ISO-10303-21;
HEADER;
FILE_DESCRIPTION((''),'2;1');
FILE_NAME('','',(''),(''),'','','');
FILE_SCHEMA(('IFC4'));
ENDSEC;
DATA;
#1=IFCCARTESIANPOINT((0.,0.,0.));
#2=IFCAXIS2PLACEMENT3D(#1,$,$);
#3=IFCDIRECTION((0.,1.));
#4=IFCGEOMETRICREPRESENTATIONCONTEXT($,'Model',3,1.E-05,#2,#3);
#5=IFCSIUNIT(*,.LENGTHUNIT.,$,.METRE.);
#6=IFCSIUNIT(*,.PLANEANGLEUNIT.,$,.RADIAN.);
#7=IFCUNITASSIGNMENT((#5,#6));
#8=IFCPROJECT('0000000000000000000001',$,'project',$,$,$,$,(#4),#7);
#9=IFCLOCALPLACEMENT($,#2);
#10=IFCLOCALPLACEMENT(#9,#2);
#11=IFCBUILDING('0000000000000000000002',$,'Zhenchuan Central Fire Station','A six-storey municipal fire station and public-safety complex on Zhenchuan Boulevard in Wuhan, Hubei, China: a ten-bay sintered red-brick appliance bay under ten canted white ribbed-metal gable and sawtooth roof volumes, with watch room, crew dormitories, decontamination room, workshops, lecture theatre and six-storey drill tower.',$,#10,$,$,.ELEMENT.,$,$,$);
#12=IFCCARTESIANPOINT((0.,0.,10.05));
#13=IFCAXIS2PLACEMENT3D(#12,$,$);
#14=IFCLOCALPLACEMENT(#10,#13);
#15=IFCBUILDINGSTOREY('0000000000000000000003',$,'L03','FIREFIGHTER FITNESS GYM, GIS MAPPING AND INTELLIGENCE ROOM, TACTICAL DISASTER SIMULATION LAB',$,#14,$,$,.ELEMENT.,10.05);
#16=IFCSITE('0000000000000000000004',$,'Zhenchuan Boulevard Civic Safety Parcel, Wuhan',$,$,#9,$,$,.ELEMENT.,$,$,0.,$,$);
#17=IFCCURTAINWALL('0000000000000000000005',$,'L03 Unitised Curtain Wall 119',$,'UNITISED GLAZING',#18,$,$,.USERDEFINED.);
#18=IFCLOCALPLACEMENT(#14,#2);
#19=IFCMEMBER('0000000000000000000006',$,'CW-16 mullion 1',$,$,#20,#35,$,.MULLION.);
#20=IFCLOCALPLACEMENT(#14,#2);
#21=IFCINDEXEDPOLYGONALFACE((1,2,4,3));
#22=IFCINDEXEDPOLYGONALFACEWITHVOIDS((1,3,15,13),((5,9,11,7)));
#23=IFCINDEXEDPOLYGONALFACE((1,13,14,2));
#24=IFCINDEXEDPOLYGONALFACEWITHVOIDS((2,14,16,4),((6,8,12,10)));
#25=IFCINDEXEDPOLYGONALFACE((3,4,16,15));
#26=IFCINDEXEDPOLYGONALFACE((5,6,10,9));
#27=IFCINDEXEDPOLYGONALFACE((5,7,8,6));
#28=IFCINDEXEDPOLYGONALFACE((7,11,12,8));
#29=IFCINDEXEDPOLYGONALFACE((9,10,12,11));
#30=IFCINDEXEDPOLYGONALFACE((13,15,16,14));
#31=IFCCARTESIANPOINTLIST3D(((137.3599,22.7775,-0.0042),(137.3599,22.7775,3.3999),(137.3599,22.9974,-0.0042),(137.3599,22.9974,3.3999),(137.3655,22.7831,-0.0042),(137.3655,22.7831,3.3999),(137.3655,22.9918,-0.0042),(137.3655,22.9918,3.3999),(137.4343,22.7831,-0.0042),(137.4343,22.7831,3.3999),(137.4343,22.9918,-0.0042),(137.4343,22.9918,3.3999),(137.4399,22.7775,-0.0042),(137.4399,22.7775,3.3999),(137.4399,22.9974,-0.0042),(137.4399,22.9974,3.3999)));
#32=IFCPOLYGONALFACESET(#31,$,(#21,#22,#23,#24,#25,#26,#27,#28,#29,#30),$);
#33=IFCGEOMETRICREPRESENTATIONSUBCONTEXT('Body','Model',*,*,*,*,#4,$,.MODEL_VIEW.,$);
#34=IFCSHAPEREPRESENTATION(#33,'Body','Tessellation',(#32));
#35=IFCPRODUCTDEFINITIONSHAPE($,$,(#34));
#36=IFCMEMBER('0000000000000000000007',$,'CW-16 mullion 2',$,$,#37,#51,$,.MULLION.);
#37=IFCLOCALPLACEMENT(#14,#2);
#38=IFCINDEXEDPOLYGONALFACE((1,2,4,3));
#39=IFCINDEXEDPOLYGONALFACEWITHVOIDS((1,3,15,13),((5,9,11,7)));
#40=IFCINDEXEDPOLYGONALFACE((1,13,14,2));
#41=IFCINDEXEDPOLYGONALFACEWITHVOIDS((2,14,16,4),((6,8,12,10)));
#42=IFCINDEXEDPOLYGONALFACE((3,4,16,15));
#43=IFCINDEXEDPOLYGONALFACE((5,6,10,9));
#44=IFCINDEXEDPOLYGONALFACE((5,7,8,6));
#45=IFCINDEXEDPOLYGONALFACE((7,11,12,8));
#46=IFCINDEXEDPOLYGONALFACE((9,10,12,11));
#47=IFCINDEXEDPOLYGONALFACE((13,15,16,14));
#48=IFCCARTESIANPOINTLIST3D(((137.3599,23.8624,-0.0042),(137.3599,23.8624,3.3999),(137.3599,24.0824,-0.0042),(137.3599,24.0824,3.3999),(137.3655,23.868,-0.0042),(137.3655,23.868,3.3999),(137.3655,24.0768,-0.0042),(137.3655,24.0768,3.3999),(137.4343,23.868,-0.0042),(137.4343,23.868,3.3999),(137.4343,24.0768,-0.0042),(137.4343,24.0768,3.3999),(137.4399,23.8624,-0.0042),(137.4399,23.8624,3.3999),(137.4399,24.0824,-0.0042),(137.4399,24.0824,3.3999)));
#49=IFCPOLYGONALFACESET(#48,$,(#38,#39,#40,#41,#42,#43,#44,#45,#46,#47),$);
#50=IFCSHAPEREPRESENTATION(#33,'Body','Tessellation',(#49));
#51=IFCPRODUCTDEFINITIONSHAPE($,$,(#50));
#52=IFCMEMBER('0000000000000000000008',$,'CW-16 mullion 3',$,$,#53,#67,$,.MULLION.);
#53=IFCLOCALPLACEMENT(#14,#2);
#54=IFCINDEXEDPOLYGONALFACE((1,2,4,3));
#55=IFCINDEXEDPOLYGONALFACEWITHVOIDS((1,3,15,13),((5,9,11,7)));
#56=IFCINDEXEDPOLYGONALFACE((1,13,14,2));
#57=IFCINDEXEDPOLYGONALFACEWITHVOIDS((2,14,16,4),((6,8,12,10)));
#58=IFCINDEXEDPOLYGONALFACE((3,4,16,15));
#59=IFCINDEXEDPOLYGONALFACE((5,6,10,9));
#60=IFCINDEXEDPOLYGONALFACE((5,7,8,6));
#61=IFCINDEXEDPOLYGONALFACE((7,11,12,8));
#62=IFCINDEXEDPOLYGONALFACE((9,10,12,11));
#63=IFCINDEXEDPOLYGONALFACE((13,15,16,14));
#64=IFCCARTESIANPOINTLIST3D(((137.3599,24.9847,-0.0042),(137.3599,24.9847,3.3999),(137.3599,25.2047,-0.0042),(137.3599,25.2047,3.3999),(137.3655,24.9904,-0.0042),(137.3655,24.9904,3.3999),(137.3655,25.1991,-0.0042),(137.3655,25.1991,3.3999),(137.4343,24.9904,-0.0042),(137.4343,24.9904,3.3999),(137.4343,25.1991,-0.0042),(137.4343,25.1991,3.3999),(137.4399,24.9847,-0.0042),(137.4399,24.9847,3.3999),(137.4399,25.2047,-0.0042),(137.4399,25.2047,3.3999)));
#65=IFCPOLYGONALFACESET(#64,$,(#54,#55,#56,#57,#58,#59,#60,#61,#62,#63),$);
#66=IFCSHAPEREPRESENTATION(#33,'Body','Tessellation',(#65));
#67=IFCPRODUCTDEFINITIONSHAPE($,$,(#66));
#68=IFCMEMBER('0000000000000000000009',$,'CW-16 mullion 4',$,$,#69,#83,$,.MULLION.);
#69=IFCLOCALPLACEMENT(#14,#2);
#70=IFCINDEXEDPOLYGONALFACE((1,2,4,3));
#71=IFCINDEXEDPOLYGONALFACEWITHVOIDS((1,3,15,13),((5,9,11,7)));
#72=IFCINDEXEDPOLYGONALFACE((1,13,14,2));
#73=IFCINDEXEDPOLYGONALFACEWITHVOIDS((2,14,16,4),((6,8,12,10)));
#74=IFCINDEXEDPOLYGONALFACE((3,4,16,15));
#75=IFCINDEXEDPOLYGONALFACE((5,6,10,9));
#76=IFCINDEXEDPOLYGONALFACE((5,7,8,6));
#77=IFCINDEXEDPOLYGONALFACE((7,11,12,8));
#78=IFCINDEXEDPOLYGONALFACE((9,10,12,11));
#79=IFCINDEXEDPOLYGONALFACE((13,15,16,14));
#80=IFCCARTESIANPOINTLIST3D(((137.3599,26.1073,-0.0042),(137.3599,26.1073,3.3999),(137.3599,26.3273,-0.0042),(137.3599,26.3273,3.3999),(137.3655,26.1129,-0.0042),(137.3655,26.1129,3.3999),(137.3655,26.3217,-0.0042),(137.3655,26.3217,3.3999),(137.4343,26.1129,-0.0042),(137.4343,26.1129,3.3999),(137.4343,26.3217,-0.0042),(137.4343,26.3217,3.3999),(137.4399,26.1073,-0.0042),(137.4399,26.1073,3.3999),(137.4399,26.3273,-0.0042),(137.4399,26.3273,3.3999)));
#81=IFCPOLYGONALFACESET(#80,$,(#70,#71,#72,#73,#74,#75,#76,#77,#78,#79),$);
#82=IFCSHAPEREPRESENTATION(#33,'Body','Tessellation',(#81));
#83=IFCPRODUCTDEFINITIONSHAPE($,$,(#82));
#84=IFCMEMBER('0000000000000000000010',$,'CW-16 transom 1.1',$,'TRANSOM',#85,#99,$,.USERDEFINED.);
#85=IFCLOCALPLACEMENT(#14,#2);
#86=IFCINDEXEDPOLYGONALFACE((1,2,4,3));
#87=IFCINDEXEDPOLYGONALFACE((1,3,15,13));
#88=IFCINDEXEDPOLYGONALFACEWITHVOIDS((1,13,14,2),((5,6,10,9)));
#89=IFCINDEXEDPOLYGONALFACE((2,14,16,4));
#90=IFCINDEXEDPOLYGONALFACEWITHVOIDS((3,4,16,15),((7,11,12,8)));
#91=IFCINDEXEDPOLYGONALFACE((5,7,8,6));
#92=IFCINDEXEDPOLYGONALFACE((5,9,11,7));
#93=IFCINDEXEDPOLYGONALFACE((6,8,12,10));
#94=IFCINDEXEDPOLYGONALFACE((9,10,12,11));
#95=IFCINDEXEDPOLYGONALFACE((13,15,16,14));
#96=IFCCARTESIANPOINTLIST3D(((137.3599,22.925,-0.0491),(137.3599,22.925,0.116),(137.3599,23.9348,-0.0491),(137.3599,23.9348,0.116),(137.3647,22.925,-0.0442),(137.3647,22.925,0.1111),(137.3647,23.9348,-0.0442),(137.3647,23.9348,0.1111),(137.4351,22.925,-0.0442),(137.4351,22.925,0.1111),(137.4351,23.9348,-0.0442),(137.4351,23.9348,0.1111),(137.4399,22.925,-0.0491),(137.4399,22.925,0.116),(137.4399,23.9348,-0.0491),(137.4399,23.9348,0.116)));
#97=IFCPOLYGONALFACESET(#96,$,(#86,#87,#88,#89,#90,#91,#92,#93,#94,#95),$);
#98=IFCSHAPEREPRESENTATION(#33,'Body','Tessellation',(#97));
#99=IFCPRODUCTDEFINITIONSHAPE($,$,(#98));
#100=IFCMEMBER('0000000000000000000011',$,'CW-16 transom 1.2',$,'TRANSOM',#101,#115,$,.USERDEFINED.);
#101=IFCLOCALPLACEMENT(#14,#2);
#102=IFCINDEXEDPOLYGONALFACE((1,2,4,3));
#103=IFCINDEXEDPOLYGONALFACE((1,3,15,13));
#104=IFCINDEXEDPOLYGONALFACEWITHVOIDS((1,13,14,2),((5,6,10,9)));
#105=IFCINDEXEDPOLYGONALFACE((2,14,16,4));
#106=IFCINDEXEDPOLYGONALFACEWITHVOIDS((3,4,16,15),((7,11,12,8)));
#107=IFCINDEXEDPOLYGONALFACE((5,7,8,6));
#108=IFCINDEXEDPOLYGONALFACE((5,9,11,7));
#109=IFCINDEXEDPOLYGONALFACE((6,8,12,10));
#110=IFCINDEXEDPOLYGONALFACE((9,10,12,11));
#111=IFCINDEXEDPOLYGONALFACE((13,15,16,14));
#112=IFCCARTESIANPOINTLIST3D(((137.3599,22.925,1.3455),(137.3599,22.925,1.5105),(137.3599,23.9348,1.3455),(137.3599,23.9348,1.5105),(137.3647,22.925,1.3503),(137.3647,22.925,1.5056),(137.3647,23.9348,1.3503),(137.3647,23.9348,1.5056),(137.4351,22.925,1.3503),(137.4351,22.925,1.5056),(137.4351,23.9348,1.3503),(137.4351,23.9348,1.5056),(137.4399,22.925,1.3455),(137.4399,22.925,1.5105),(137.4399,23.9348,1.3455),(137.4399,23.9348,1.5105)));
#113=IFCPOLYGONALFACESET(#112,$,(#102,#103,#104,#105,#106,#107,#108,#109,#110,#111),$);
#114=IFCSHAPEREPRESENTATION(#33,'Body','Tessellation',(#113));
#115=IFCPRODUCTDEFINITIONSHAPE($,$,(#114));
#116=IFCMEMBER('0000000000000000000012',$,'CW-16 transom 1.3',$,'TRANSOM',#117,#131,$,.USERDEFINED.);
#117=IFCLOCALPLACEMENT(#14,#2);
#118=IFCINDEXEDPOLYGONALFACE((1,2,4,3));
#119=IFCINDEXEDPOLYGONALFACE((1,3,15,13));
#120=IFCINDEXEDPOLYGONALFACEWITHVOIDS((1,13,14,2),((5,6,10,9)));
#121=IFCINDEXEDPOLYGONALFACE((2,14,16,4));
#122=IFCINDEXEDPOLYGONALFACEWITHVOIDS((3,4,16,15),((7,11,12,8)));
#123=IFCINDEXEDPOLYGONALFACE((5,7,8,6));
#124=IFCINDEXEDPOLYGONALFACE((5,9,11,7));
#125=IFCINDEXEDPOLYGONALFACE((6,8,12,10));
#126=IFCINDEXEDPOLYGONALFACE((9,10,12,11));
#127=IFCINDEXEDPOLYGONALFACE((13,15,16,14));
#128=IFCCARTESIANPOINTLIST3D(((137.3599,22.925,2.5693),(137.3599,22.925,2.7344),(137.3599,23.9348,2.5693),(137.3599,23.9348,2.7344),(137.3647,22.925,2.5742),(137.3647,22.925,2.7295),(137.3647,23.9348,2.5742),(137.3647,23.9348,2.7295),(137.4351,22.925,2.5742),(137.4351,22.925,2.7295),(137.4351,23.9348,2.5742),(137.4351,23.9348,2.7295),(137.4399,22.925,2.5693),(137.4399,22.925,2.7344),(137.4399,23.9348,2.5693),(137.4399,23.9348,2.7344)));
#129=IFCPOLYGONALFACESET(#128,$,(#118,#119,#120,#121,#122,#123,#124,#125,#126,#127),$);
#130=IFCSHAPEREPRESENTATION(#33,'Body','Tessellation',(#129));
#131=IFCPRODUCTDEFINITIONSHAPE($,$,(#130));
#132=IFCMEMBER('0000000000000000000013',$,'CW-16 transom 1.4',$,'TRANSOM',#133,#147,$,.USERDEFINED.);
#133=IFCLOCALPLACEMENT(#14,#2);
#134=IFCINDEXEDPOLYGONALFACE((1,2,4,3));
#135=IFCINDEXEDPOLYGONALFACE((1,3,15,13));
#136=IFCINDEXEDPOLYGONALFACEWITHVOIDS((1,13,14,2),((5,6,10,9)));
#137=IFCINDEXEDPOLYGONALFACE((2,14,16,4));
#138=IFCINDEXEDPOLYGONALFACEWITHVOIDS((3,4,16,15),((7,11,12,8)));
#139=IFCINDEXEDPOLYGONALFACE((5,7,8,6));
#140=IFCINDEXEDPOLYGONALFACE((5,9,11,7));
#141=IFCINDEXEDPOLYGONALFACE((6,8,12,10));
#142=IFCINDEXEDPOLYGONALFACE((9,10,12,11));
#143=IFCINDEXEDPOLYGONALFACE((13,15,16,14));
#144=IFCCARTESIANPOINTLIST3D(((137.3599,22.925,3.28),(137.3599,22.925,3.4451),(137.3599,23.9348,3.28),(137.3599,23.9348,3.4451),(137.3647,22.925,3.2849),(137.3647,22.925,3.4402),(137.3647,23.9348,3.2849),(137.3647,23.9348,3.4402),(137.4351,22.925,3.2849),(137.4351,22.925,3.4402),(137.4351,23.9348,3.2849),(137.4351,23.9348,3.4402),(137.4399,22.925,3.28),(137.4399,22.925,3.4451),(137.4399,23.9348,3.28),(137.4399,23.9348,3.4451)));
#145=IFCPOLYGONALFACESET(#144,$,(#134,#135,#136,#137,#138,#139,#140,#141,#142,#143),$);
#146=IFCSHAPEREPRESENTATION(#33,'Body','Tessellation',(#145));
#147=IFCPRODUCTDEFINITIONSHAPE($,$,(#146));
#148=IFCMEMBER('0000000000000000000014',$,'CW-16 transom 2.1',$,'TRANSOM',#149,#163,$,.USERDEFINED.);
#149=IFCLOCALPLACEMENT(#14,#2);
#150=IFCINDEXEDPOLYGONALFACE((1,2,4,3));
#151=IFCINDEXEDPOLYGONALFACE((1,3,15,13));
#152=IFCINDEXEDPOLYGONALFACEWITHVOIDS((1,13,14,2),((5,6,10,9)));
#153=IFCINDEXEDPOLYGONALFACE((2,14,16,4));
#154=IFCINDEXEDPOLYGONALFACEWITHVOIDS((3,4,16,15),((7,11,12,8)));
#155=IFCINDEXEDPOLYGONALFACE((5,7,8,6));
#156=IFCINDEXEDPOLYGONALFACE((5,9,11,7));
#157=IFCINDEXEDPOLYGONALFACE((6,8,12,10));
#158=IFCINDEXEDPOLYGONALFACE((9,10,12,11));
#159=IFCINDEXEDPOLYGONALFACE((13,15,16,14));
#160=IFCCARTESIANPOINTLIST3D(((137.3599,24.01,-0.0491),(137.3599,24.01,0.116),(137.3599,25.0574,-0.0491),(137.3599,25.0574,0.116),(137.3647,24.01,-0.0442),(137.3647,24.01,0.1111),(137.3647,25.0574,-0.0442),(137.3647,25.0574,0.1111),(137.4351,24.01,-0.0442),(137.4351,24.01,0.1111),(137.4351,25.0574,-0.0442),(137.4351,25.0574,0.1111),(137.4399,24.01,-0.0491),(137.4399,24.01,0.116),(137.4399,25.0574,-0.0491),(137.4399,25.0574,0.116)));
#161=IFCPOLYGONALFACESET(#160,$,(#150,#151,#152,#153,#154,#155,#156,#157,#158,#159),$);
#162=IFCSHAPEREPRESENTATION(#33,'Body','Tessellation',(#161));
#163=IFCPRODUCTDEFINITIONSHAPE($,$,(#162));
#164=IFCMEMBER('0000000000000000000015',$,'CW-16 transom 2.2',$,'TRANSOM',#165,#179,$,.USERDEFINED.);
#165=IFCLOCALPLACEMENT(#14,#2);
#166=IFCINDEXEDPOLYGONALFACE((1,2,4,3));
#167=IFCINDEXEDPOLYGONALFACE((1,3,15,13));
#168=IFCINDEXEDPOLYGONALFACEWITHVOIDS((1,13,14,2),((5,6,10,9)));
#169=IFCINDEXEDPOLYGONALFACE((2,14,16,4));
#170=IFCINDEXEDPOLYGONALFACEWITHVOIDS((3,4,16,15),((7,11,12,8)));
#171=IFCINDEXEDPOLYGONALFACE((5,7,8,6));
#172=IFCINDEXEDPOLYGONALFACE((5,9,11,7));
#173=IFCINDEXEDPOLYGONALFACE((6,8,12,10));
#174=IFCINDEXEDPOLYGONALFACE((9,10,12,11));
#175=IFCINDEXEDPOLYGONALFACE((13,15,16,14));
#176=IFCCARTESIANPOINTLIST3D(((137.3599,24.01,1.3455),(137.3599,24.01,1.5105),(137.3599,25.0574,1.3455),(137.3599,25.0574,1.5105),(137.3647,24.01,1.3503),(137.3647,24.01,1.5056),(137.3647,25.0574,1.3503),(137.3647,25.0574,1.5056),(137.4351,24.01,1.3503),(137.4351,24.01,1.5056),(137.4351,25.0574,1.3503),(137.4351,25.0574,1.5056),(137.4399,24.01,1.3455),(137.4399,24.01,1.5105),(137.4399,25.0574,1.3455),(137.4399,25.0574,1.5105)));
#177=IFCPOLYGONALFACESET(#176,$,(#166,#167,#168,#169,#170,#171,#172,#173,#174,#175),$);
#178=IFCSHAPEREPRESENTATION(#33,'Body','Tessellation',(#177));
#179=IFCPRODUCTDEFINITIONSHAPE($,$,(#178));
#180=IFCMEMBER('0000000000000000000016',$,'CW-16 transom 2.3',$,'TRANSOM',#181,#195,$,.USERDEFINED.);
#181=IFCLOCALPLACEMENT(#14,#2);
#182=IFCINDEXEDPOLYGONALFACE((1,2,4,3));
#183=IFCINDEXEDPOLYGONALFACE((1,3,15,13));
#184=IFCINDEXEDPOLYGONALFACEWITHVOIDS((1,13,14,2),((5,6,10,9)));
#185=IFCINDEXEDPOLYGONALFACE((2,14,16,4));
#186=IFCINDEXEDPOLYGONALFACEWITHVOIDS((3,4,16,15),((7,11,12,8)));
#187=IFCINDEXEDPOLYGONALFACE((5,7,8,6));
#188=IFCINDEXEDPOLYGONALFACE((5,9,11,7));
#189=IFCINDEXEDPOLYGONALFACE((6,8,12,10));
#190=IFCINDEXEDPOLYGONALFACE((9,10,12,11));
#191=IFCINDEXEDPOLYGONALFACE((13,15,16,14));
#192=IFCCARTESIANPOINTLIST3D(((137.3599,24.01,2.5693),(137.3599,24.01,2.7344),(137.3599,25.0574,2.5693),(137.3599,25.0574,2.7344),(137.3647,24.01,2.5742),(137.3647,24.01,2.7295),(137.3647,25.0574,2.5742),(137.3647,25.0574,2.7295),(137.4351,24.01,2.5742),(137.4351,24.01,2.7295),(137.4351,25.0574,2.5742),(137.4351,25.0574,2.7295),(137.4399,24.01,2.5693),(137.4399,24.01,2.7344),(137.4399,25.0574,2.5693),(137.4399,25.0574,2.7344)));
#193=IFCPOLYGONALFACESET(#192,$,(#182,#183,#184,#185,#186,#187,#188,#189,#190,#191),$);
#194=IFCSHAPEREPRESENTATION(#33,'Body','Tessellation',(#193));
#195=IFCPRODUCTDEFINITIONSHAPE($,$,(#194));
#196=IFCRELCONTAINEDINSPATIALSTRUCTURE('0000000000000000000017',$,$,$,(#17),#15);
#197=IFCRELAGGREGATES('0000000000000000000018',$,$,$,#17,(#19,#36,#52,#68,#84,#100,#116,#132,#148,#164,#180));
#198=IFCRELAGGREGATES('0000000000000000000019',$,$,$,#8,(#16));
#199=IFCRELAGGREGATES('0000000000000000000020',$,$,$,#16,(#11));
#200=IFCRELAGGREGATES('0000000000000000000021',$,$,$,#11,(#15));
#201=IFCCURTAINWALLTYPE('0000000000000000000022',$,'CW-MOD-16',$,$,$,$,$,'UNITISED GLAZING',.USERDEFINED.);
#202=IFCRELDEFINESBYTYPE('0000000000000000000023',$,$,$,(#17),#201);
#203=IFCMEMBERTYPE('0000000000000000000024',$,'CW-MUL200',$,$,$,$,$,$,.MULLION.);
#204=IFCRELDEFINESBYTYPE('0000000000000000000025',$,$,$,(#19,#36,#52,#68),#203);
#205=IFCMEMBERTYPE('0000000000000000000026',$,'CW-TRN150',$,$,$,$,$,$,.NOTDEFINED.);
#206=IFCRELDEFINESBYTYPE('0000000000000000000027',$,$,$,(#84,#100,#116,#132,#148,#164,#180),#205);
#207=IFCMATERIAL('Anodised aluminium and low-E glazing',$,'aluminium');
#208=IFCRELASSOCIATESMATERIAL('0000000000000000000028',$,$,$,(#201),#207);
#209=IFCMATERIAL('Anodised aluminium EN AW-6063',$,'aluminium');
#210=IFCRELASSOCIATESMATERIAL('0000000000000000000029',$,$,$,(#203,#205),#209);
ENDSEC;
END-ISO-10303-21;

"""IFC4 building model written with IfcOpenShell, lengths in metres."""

from ifc_helpers import new_model, si_unit, direction, frame, origin, origin_2d, place, context, subcontext, project, spatial, hollow_rectangle, extrude, material, material_profile, profile_set, type_object, element, aggregate, save


model = new_model("IFC4")

# Units and contexts
model_context = context("Model", 3, precision=1e-05, world=origin(), true_north=direction((0.0, 1.0)))
body_context = subcontext(model_context, "Body", "Model", "MODEL_VIEW")
ifc_project = project(units=[si_unit("LENGTHUNIT", "METRE"), si_unit("PLANEANGLEUNIT", "RADIAN")], contexts=[model_context])

# Site, building, storey
site_placement = place(None, origin())
site = spatial("IfcSite", under=ifc_project, at=site_placement, Name="Zhenchuan Boulevard Civic Safety Parcel, Wuhan", CompositionType="ELEMENT", RefElevation=0.0)
building_placement = place(site_placement, origin())
building = spatial("IfcBuilding", under=site, at=building_placement, Name="Zhenchuan Central Fire Station", Description="A six-storey municipal fire station and public-safety complex on Zhenchuan Boulevard in Wuhan, Hubei, China: a ten-bay sintered red-brick appliance bay under ten canted white ribbed-metal gable and sawtooth roof volumes, with watch room, crew dormitories, decontamination room, workshops, lecture theatre and six-storey drill tower.", CompositionType="ELEMENT")
storey_placement = place(building_placement, frame((0.0, 0.0, 10.05)))
storey = spatial("IfcBuildingStorey", under=building, at=storey_placement, Name="L03", Description="FIREFIGHTER FITNESS GYM, GIS MAPPING AND INTELLIGENCE ROOM, TACTICAL DISASTER SIMULATION LAB", CompositionType="ELEMENT", Elevation=10.05)

# Curtain wall, members
ifc_material_1 = material(Name="Anodised aluminium and low-E glazing", Category="aluminium")
curtain_wall_type = type_object("IfcCurtainWallType", Name="CW-MOD-16", ElementType="UNITISED GLAZING", PredefinedType="USERDEFINED", material=ifc_material_1)
curtain_wall_placement = place(storey_placement, origin())
curtain_wall = element("IfcCurtainWall", 1, at=curtain_wall_placement, inside=storey, type_object=curtain_wall_type, Name="L03 Unitised Curtain Wall 119", ObjectType="UNITISED GLAZING", PredefinedType="USERDEFINED")
ifc_material_2 = material(Name="Anodised aluminium EN AW-6063", Category="aluminium")
ifc_material_profile_1 = material_profile(ifc_material_2, hollow_rectangle(XDim=0.0801, YDim=0.22, WallThickness=0.0056, at=origin_2d()), Name="ALU-M 220x80")
ifc_profile_set_1 = profile_set([ifc_material_profile_1], Name="Anodised aluminium EN AW-6063")
member_type_1 = type_object("IfcMemberType", Name="CW-MUL200", PredefinedType="MULLION", material=ifc_profile_set_1)
member_1_placement = place(storey_placement, frame((137.3999, 22.8875, -0.0042), z_axis=(0.0, 0.0, 1.0), x_axis=(-1.0, 0.0, 0.0)))
member_1 = element("IfcMember", 2, at=member_1_placement, type_object=member_type_1, Name="CW-16 mullion 1", PredefinedType="MULLION", context=body_context, shape_type="SweptSolid", body=[
    extrude(hollow_rectangle(XDim=0.0801, YDim=0.22, WallThickness=0.0056, at=origin_2d()), origin(), (0.0, 0.0, 1.0), 3.4041),
])
member_2_placement = place(storey_placement, frame((137.3999, 23.9724, -0.0042), z_axis=(0.0, 0.0, 1.0), x_axis=(-1.0, 0.0, 0.0)))
member_2 = element("IfcMember", 3, at=member_2_placement, type_object=member_type_1, Name="CW-16 mullion 2", PredefinedType="MULLION", context=body_context, shape_type="SweptSolid", body=[
    extrude(hollow_rectangle(XDim=0.0801, YDim=0.22, WallThickness=0.0056, at=origin_2d()), origin(), (0.0, 0.0, 1.0), 3.4041),
])
member_3_placement = place(storey_placement, frame((137.3999, 25.0947, -0.0042), z_axis=(0.0, 0.0, 1.0), x_axis=(-1.0, 0.0, 0.0)))
member_3 = element("IfcMember", 4, at=member_3_placement, type_object=member_type_1, Name="CW-16 mullion 3", PredefinedType="MULLION", context=body_context, shape_type="SweptSolid", body=[
    extrude(hollow_rectangle(XDim=0.0801, YDim=0.22, WallThickness=0.0056, at=origin_2d()), origin(), (0.0, 0.0, 1.0), 3.4041),
])
member_4_placement = place(storey_placement, frame((137.3999, 26.2173, -0.0042), z_axis=(0.0, 0.0, 1.0), x_axis=(-1.0, 0.0, 0.0)))
member_4 = element("IfcMember", 5, at=member_4_placement, type_object=member_type_1, Name="CW-16 mullion 4", PredefinedType="MULLION", context=body_context, shape_type="SweptSolid", body=[
    extrude(hollow_rectangle(XDim=0.0801, YDim=0.22, WallThickness=0.0056, at=origin_2d()), origin(), (0.0, 0.0, 1.0), 3.4041),
])
ifc_material_profile_2 = material_profile(ifc_material_2, hollow_rectangle(XDim=0.0801, YDim=0.165, WallThickness=0.0049, at=origin_2d()), Name="ALU-T 165x80")
ifc_profile_set_2 = profile_set([ifc_material_profile_2], Name="Anodised aluminium EN AW-6063")
member_type_2 = type_object("IfcMemberType", Name="CW-TRN150", PredefinedType="NOTDEFINED", material=ifc_profile_set_2)
member_5_placement = place(storey_placement, frame((137.3999, 22.925, 0.0334), z_axis=(0.0, 1.0, 0.0), x_axis=(-1.0, 0.0, 0.0)))
member_5 = element("IfcMember", 6, at=member_5_placement, type_object=member_type_2, Name="CW-16 transom 1.1", ObjectType="TRANSOM", PredefinedType="USERDEFINED", context=body_context, shape_type="SweptSolid", body=[
    extrude(hollow_rectangle(XDim=0.0801, YDim=0.165, WallThickness=0.0049, at=origin_2d()), origin(), (0.0, 0.0, 1.0), 1.0098),
])
member_6_placement = place(storey_placement, frame((137.3999, 22.925, 1.428), z_axis=(0.0, 1.0, 0.0), x_axis=(-1.0, 0.0, 0.0)))
member_6 = element("IfcMember", 7, at=member_6_placement, type_object=member_type_2, Name="CW-16 transom 1.2", ObjectType="TRANSOM", PredefinedType="USERDEFINED", context=body_context, shape_type="SweptSolid", body=[
    extrude(hollow_rectangle(XDim=0.0801, YDim=0.165, WallThickness=0.0049, at=origin_2d()), origin(), (0.0, 0.0, 1.0), 1.0098),
])
member_7_placement = place(storey_placement, frame((137.3999, 22.925, 2.6519), z_axis=(0.0, 1.0, 0.0), x_axis=(-1.0, 0.0, 0.0)))
member_7 = element("IfcMember", 8, at=member_7_placement, type_object=member_type_2, Name="CW-16 transom 1.3", ObjectType="TRANSOM", PredefinedType="USERDEFINED", context=body_context, shape_type="SweptSolid", body=[
    extrude(hollow_rectangle(XDim=0.0801, YDim=0.165, WallThickness=0.0049, at=origin_2d()), origin(), (0.0, 0.0, 1.0), 1.0098),
])
member_8_placement = place(storey_placement, frame((137.3999, 22.925, 3.3625), z_axis=(0.0, 1.0, 0.0), x_axis=(-1.0, 0.0, 0.0)))
member_8 = element("IfcMember", 9, at=member_8_placement, type_object=member_type_2, Name="CW-16 transom 1.4", ObjectType="TRANSOM", PredefinedType="USERDEFINED", context=body_context, shape_type="SweptSolid", body=[
    extrude(hollow_rectangle(XDim=0.0801, YDim=0.165, WallThickness=0.0049, at=origin_2d()), origin(), (0.0, 0.0, 1.0), 1.0098),
])
member_9_placement = place(storey_placement, frame((137.3999, 24.01, 0.0334), z_axis=(0.0, 1.0, 0.0), x_axis=(-1.0, 0.0, 0.0)))
member_9 = element("IfcMember", 10, at=member_9_placement, type_object=member_type_2, Name="CW-16 transom 2.1", ObjectType="TRANSOM", PredefinedType="USERDEFINED", context=body_context, shape_type="SweptSolid", body=[
    extrude(hollow_rectangle(XDim=0.0801, YDim=0.165, WallThickness=0.0049, at=origin_2d()), origin(), (0.0, 0.0, 1.0), 1.0474),
])
member_10_placement = place(storey_placement, frame((137.3999, 24.01, 1.428), z_axis=(0.0, 1.0, 0.0), x_axis=(-1.0, 0.0, 0.0)))
member_10 = element("IfcMember", 11, at=member_10_placement, type_object=member_type_2, Name="CW-16 transom 2.2", ObjectType="TRANSOM", PredefinedType="USERDEFINED", context=body_context, shape_type="SweptSolid", body=[
    extrude(hollow_rectangle(XDim=0.0801, YDim=0.165, WallThickness=0.0049, at=origin_2d()), origin(), (0.0, 0.0, 1.0), 1.0474),
])
member_11_placement = place(storey_placement, frame((137.3999, 24.01, 2.6519), z_axis=(0.0, 1.0, 0.0), x_axis=(-1.0, 0.0, 0.0)))
member_11 = element("IfcMember", 12, at=member_11_placement, type_object=member_type_2, Name="CW-16 transom 2.3", ObjectType="TRANSOM", PredefinedType="USERDEFINED", context=body_context, shape_type="SweptSolid", body=[
    extrude(hollow_rectangle(XDim=0.0801, YDim=0.165, WallThickness=0.0049, at=origin_2d()), origin(), (0.0, 0.0, 1.0), 1.0474),
])

aggregate(curtain_wall, [member_1, member_2, member_3, member_4, member_5, member_6, member_7, member_8, member_9, member_10, member_11])

save(model, "model.ifc")
